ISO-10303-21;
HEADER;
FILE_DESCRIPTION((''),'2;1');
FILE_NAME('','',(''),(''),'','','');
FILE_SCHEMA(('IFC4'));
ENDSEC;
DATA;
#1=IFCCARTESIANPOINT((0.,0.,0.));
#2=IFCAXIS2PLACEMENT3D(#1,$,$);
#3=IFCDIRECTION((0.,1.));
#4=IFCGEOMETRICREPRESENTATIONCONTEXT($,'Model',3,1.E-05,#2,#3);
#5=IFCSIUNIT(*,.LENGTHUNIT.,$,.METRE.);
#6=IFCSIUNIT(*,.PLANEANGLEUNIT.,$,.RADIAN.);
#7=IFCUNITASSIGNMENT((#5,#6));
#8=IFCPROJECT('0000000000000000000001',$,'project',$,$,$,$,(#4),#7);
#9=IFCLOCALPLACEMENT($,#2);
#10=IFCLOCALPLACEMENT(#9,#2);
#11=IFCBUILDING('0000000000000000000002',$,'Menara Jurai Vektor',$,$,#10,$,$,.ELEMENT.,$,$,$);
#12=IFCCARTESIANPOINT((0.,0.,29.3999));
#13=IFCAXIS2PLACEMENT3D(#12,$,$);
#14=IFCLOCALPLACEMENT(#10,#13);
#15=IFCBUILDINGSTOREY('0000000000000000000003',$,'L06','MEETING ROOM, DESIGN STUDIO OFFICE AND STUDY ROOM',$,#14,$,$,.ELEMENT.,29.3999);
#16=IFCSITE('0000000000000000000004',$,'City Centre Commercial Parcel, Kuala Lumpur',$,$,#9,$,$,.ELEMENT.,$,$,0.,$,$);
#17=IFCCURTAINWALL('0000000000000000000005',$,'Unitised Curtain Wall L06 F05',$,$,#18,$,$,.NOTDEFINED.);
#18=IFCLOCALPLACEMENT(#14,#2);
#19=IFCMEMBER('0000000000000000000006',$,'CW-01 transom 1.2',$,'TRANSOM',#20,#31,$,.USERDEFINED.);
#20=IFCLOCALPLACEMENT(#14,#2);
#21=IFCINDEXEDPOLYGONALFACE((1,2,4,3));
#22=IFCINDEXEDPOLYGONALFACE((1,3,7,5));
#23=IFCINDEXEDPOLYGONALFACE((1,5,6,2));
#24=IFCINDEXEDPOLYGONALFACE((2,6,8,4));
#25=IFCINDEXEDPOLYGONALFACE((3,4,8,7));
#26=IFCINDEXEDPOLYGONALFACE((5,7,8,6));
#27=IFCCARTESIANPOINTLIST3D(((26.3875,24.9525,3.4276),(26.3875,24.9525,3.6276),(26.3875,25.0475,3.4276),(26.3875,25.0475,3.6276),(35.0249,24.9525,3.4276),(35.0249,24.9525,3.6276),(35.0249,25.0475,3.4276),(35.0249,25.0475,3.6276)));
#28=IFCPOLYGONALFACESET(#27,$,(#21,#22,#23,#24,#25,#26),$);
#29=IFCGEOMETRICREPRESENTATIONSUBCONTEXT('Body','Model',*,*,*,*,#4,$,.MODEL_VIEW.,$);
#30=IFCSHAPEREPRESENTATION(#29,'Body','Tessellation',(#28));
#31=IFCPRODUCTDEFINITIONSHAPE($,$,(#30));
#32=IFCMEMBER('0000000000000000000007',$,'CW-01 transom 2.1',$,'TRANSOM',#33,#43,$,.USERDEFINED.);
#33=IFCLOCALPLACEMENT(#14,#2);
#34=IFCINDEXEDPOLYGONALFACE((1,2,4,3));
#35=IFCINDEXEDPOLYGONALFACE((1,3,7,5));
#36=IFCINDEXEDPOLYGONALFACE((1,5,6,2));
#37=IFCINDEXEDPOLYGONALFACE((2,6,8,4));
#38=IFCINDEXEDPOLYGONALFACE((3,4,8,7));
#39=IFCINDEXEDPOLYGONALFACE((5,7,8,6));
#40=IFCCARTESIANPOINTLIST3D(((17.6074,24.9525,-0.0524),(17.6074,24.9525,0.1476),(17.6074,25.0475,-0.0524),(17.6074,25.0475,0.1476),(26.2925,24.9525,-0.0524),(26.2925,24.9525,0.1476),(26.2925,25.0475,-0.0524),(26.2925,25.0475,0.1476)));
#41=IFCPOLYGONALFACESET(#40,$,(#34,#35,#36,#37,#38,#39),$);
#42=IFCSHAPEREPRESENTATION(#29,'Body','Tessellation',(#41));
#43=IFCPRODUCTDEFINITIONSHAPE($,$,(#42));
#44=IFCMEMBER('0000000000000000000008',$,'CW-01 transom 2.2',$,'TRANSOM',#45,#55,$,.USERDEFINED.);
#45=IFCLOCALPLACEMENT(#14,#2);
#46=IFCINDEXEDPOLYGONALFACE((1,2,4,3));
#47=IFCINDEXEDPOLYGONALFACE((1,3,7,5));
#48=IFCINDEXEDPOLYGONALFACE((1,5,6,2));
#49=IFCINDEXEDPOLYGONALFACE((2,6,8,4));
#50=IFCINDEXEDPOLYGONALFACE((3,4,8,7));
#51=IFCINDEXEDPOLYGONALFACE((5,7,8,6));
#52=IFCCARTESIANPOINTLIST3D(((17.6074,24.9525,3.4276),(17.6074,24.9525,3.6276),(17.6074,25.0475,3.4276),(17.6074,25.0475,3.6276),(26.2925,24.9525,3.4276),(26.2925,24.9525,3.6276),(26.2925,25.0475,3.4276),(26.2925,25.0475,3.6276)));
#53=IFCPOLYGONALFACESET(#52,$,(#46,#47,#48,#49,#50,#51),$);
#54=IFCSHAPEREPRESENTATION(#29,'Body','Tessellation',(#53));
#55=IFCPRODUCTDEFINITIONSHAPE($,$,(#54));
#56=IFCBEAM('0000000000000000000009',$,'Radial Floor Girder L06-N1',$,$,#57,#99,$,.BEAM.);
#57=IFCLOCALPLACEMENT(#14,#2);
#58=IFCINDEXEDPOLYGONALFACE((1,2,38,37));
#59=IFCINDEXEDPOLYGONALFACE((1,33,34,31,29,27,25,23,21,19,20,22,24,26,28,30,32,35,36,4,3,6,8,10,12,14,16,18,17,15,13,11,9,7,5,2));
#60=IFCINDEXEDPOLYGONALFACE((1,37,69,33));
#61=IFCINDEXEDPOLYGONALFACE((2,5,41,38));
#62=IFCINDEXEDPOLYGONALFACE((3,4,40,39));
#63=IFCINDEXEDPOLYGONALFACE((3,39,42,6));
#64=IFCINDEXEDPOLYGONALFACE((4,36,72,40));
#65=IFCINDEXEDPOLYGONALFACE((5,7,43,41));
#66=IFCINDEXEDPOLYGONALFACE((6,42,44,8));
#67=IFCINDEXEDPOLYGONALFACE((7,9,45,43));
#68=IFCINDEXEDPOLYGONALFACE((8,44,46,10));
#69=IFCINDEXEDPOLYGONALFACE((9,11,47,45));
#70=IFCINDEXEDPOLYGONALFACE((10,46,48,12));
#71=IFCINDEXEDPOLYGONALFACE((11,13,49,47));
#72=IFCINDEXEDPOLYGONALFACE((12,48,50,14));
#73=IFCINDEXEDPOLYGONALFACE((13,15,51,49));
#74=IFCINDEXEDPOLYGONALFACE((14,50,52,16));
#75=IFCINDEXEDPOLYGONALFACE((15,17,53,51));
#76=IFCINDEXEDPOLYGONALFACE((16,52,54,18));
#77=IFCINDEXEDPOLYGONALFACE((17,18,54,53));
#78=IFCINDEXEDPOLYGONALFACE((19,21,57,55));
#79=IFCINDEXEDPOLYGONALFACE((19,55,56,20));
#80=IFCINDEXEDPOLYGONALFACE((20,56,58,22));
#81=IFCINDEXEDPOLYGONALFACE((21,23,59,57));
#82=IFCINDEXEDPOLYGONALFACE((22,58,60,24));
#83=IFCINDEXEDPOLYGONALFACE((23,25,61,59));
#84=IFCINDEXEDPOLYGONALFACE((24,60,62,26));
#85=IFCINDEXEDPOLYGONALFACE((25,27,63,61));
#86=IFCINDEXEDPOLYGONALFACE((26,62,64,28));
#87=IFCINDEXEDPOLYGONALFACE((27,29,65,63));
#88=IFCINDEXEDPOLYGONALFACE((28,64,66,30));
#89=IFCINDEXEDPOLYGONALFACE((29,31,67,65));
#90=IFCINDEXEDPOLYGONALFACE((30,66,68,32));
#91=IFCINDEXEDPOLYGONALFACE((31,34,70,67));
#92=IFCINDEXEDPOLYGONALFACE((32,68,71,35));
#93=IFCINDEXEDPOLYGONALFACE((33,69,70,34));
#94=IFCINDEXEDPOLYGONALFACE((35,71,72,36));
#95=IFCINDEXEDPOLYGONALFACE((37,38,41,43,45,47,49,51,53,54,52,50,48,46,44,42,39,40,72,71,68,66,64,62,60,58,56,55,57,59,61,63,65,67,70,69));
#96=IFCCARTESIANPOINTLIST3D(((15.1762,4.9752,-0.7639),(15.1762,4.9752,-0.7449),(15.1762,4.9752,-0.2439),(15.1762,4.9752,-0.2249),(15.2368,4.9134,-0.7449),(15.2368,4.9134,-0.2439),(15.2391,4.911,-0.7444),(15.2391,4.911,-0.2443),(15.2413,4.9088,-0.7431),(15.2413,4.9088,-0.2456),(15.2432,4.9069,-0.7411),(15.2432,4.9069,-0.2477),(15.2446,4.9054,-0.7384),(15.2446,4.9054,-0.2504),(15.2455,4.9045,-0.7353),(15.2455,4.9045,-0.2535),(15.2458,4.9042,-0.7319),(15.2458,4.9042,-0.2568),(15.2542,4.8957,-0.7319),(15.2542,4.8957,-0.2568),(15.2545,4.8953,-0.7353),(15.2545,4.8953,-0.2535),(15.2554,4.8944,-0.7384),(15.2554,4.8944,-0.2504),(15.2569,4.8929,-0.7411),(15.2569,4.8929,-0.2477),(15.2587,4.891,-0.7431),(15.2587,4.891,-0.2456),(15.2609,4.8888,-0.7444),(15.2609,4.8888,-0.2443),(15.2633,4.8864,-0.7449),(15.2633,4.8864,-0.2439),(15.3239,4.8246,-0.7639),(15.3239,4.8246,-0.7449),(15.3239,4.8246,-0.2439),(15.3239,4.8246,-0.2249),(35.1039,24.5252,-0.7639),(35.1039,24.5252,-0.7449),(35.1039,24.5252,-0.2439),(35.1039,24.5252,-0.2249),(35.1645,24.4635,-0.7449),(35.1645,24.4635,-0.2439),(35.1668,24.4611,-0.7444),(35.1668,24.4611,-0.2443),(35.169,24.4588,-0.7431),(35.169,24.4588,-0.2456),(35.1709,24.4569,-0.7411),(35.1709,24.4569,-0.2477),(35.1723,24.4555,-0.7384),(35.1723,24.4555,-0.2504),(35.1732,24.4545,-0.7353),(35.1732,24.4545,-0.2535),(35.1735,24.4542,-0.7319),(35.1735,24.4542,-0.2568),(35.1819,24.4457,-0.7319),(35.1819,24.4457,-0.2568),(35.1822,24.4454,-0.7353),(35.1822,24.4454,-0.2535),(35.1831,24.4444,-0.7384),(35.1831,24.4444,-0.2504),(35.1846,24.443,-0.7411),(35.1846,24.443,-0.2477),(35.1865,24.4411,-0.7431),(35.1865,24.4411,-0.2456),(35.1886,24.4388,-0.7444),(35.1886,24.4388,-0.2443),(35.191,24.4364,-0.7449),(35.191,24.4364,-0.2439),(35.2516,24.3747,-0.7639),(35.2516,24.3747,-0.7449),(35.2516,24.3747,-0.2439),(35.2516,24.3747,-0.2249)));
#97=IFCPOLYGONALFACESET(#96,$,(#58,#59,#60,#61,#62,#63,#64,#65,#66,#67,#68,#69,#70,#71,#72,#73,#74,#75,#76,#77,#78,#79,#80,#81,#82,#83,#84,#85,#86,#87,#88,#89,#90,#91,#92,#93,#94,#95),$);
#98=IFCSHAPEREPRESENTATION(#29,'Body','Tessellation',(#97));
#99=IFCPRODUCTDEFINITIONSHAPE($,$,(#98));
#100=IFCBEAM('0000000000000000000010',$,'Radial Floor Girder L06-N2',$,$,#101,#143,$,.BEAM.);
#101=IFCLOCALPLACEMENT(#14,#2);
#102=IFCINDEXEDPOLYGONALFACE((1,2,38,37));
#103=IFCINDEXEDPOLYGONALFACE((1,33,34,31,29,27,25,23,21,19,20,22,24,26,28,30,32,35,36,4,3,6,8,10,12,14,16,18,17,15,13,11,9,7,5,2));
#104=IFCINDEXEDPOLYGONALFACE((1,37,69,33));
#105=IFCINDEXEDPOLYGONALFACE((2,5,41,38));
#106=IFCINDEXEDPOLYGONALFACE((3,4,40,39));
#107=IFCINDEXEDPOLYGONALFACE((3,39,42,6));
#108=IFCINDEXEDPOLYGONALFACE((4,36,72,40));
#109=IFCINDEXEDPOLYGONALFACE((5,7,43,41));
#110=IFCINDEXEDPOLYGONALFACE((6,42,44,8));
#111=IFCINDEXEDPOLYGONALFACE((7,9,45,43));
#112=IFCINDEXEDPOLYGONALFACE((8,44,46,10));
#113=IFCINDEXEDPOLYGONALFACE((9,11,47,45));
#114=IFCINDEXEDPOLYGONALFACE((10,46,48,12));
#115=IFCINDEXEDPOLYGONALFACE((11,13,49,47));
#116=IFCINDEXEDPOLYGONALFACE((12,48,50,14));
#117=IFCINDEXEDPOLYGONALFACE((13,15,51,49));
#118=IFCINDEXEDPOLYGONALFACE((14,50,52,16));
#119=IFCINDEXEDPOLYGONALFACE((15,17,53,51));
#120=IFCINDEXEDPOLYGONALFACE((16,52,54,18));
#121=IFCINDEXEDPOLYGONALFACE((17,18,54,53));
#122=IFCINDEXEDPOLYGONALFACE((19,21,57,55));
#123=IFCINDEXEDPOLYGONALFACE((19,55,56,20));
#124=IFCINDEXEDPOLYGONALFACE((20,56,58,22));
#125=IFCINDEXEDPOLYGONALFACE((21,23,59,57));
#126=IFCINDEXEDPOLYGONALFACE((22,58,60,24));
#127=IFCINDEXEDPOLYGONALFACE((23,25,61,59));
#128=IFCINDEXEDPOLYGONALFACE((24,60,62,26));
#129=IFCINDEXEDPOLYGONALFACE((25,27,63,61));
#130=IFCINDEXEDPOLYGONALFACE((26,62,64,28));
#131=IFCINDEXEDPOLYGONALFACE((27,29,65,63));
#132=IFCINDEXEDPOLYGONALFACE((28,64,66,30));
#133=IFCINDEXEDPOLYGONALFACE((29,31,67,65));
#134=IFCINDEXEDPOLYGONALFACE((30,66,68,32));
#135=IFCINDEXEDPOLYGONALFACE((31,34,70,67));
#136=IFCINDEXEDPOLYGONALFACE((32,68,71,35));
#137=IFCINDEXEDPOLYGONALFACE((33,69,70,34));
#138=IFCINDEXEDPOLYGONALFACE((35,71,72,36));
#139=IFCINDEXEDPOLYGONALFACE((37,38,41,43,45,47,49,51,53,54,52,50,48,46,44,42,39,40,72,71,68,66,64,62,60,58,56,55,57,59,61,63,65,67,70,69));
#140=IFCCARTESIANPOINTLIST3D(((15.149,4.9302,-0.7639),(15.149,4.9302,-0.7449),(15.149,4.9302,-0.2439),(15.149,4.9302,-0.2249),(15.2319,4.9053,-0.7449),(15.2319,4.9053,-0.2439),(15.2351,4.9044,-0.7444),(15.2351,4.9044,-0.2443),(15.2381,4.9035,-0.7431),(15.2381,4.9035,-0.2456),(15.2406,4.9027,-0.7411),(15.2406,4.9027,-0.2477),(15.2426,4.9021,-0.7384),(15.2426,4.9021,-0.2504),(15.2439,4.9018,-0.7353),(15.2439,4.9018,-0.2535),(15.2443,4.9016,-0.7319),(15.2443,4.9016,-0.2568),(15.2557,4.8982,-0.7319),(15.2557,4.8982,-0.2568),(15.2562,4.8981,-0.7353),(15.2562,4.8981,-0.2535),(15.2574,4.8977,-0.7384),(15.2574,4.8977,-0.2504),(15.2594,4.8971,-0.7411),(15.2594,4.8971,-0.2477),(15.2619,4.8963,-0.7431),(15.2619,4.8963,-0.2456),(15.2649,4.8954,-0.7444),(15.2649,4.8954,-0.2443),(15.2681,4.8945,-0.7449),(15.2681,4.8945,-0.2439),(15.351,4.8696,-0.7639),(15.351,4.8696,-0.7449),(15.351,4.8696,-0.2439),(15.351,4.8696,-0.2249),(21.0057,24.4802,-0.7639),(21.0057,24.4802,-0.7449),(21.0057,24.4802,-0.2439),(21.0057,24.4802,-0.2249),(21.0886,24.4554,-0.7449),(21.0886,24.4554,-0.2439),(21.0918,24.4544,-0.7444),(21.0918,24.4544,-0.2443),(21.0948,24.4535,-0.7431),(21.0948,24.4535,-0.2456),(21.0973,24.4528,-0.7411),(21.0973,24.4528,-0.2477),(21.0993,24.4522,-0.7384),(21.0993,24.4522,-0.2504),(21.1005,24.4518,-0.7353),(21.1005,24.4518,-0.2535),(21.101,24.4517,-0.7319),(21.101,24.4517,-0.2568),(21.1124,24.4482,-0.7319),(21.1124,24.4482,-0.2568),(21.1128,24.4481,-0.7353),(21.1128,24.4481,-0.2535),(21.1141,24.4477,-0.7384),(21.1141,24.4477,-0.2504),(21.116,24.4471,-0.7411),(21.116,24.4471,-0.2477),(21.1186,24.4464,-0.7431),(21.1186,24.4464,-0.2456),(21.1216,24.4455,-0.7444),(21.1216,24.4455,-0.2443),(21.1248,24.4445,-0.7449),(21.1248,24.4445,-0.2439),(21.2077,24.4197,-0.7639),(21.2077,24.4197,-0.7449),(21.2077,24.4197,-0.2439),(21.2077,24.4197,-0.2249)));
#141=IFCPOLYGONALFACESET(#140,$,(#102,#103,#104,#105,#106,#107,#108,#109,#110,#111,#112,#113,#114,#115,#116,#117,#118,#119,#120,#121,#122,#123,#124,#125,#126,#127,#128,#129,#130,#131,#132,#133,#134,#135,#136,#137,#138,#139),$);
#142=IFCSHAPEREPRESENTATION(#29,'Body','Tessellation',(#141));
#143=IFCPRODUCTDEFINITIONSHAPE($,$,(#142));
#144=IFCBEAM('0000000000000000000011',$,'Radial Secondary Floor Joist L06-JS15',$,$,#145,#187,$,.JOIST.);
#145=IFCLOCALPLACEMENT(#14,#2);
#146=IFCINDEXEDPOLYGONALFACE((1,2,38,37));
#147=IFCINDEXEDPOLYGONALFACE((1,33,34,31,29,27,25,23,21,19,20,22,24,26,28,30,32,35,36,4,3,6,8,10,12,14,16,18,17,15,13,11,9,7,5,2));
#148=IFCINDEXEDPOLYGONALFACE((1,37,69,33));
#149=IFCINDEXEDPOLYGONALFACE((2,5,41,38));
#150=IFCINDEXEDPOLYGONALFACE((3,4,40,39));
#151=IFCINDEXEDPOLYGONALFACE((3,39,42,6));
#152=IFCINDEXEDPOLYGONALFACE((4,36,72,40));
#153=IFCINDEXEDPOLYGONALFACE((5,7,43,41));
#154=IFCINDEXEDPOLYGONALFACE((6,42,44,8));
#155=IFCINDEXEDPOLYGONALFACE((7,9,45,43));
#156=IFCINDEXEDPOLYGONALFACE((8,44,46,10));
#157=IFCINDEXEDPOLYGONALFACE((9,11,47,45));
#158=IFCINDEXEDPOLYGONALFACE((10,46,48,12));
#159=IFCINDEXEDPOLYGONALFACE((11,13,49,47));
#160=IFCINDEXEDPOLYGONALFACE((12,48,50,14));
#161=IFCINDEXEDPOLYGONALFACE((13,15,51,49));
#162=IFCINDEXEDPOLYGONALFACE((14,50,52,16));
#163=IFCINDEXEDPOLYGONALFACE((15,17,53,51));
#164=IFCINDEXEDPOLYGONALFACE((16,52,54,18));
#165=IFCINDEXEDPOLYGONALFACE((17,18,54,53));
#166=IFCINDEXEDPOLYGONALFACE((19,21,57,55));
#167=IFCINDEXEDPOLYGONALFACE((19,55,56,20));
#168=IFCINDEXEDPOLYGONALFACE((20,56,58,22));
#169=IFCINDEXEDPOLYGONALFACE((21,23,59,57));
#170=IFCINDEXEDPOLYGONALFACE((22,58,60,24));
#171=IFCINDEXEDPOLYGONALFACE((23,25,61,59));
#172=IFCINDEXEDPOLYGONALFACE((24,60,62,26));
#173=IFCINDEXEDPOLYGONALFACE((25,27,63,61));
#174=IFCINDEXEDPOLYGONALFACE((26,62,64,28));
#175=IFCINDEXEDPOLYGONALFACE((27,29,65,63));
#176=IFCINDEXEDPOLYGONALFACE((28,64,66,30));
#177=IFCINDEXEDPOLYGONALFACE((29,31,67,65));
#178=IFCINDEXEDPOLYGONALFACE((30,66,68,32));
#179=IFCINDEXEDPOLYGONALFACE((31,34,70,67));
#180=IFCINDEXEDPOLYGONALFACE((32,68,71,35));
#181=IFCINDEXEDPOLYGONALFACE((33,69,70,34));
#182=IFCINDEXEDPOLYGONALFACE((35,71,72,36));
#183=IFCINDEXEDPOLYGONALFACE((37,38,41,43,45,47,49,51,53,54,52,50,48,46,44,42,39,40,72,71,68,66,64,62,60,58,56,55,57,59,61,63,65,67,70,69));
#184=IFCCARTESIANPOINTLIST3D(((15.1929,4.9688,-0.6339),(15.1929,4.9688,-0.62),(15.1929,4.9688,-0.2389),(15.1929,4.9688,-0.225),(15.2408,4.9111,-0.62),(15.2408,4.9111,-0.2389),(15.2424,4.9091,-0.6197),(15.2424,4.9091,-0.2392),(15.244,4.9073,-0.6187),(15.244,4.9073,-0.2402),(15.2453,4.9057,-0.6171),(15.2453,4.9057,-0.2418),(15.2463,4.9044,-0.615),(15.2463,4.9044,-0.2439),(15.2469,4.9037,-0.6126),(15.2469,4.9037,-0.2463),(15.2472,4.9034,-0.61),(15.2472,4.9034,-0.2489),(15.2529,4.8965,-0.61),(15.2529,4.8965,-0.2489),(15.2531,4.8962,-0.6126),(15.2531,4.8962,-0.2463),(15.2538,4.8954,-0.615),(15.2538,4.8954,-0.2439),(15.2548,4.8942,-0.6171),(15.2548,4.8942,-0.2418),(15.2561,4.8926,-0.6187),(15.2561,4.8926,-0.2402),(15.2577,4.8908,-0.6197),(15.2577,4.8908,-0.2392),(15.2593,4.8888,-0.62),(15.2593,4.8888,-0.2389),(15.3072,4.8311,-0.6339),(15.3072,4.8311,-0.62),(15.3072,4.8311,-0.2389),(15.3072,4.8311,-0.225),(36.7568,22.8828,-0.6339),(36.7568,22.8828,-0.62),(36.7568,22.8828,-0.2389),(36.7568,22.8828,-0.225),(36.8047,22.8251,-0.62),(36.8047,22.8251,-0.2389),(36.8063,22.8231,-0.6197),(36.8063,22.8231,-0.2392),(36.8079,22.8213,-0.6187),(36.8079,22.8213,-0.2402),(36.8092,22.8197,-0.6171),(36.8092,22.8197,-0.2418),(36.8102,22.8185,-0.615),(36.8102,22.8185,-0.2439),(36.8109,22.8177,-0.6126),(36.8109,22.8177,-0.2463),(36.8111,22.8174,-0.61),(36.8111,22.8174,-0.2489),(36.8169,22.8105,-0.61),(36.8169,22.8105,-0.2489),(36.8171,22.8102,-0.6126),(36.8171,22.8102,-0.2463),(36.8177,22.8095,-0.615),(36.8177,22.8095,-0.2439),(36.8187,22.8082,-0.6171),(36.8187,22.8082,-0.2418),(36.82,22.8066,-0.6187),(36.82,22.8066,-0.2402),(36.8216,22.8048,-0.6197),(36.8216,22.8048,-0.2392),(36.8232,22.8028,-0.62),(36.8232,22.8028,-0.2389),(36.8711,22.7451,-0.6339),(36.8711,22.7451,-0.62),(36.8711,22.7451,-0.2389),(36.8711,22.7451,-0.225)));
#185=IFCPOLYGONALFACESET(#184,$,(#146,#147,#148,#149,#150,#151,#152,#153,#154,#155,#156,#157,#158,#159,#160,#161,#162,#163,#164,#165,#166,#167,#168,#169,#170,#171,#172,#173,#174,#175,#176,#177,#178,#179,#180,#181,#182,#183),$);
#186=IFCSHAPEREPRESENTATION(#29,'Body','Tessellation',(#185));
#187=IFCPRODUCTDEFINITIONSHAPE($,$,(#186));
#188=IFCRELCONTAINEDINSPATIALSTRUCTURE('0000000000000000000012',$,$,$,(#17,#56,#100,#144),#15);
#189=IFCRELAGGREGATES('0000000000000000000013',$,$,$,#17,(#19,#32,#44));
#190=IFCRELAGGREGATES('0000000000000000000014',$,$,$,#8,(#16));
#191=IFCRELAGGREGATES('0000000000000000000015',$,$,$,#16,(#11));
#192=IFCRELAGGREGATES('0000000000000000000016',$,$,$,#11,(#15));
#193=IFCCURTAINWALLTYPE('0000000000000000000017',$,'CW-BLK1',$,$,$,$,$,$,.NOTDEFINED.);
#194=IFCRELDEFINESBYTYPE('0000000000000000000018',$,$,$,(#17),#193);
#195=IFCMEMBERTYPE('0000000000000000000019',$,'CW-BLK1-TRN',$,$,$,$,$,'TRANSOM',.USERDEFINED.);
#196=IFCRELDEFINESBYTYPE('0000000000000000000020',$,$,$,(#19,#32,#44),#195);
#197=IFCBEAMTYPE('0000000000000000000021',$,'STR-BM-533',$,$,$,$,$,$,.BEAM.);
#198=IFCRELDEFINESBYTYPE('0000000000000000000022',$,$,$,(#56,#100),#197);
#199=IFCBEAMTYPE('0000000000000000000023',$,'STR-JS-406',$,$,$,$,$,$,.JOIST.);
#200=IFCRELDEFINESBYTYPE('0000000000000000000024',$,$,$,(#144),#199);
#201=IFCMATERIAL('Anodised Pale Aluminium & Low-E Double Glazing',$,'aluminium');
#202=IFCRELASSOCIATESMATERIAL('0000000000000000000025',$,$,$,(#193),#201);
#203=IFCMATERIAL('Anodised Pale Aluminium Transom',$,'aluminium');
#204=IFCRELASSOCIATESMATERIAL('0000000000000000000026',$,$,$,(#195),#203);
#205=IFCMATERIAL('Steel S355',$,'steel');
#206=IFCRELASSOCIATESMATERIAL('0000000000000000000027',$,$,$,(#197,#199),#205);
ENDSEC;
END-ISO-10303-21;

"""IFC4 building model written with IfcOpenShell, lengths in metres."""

from ifc_helpers import new_model, si_unit, direction, frame, origin, origin_2d, place, context, subcontext, project, spatial, rectangle, i_section, extrude, material, material_profile, profile_set, type_object, element, aggregate, save


model = new_model("IFC4")

# Units and contexts
model_context = context("Model", 3, precision=1e-05, world=origin(), true_north=direction((0.0, 1.0)))
body_context = subcontext(model_context, "Body", "Model", "MODEL_VIEW")
ifc_project = project(units=[si_unit("LENGTHUNIT", "METRE"), si_unit("PLANEANGLEUNIT", "RADIAN")], contexts=[model_context])

# Site, building, storey
site_placement = place(None, origin())
site = spatial("IfcSite", under=ifc_project, at=site_placement, Name="City Centre Commercial Parcel, Kuala Lumpur", CompositionType="ELEMENT", RefElevation=0.0)
building_placement = place(site_placement, origin())
building = spatial("IfcBuilding", under=site, at=building_placement, Name="Menara Jurai Vektor", CompositionType="ELEMENT")
storey_placement = place(building_placement, frame((0.0, 0.0, 29.3999)))
storey = spatial("IfcBuildingStorey", under=building, at=storey_placement, Name="L06", Description="MEETING ROOM, DESIGN STUDIO OFFICE AND STUDY ROOM", CompositionType="ELEMENT", Elevation=29.3999)

# Curtain wall
ifc_material_1 = material(Name="Anodised Pale Aluminium & Low-E Double Glazing", Category="aluminium")
curtain_wall_type = type_object("IfcCurtainWallType", Name="CW-BLK1", PredefinedType="NOTDEFINED", material=ifc_material_1)
curtain_wall_1_placement = place(storey_placement, origin())
curtain_wall_1 = element("IfcCurtainWall", 1, at=curtain_wall_1_placement, inside=storey, type_object=curtain_wall_type, Name="Unitised Curtain Wall L06 F05", PredefinedType="NOTDEFINED")

# Members
ifc_material_2 = material(Name="Anodised Pale Aluminium Transom", Category="aluminium")
ifc_material_profile_1 = material_profile(ifc_material_2, rectangle(XDim=0.095, YDim=0.2, at=origin_2d()), Name="ALU TRN 95x200")
ifc_profile_set_1 = profile_set([ifc_material_profile_1], Name="Anodised Pale Aluminium Transom")
member_type_1 = type_object("IfcMemberType", Name="CW-BLK1-TRN", ElementType="TRANSOM", PredefinedType="USERDEFINED", material=ifc_profile_set_1)
member_1_placement = place(storey_placement, frame((35.0249, 25.0, 3.5276), z_axis=(-1.0, 0.0, 0.0), x_axis=(0.0, -1.0, 0.0)))
member_1 = element("IfcMember", 2, at=member_1_placement, type_object=member_type_1, Name="CW-01 transom 1.2", ObjectType="TRANSOM", PredefinedType="USERDEFINED", context=body_context, shape_type="SweptSolid", body=[
    extrude(rectangle(XDim=0.095, YDim=0.2, at=origin_2d()), origin(), (0.0, 0.0, 1.0), 8.6375),
])
member_2_placement = place(storey_placement, frame((26.2925, 25.0, 0.0476), z_axis=(-1.0, 0.0, 0.0), x_axis=(0.0, -1.0, 0.0)))
member_2 = element("IfcMember", 3, at=member_2_placement, type_object=member_type_1, Name="CW-01 transom 2.1", ObjectType="TRANSOM", PredefinedType="USERDEFINED", context=body_context, shape_type="SweptSolid", body=[
    extrude(rectangle(XDim=0.095, YDim=0.2, at=origin_2d()), origin(), (0.0, 0.0, 1.0), 8.6851),
])
member_3_placement = place(storey_placement, frame((26.2925, 25.0, 3.5276), z_axis=(-1.0, 0.0, 0.0), x_axis=(0.0, -1.0, 0.0)))
member_3 = element("IfcMember", 4, at=member_3_placement, type_object=member_type_1, Name="CW-01 transom 2.2", ObjectType="TRANSOM", PredefinedType="USERDEFINED", context=body_context, shape_type="SweptSolid", body=[
    extrude(rectangle(XDim=0.095, YDim=0.2, at=origin_2d()), origin(), (0.0, 0.0, 1.0), 8.6851),
])

# Beams
ifc_material_3 = material(Name="Steel S355", Category="steel")
ifc_material_profile_2 = material_profile(ifc_material_3, i_section(OverallWidth=0.2109, OverallDepth=0.5391, WebThickness=0.012, FlangeThickness=0.019, FilletRadius=0.0129, at=origin_2d()), Name="UKB 533x210x109")
ifc_profile_set_2 = profile_set([ifc_material_profile_2], Name="Steel S355")
beam_type_1 = type_object("IfcBeamType", Name="STR-BM-533", PredefinedType="BEAM", material=ifc_profile_set_2)
beam_1_placement = place(storey_placement, frame((35.1777, 24.45, -0.4944), z_axis=(-0.713839, -0.70031, 0.0), x_axis=(0.70031, -0.713839, 0.0)))
element("IfcBeam", 5, at=beam_1_placement, inside=storey, type_object=beam_type_1, Name="Radial Floor Girder L06-N1", PredefinedType="BEAM", context=body_context, shape_type="SweptSolid", body=[
    extrude(i_section(OverallWidth=0.2109, OverallDepth=0.5391, WebThickness=0.012, FlangeThickness=0.019, FilletRadius=0.0129, at=origin_2d()), origin(), (0.0, 0.0, 1.0), 27.9163),
])
beam_2_placement = place(storey_placement, frame((21.1067, 24.45, -0.4944), z_axis=(-0.286974, -0.957938, 0.0), x_axis=(0.957938, -0.286974, 0.0)))
element("IfcBeam", 6, at=beam_2_placement, inside=storey, type_object=beam_type_1, Name="Radial Floor Girder L06-N2", PredefinedType="BEAM", context=body_context, shape_type="SweptSolid", body=[
    extrude(i_section(OverallWidth=0.2109, OverallDepth=0.5391, WebThickness=0.012, FlangeThickness=0.019, FilletRadius=0.0129, at=origin_2d()), origin(), (0.0, 0.0, 1.0), 20.4084),
])
ifc_material_profile_3 = material_profile(ifc_material_3, i_section(OverallWidth=0.179, OverallDepth=0.4089, WebThickness=0.009, FlangeThickness=0.0139, FilletRadius=0.01, at=origin_2d()), Name="UKB 406x178x67")
ifc_profile_set_3 = profile_set([ifc_material_profile_3], Name="Steel S355")
beam_type_2 = type_object("IfcBeamType", Name="STR-JS-406", PredefinedType="JOIST", material=ifc_profile_set_3)
beam_3_placement = place(storey_placement, frame((36.814, 22.814, -0.4294), z_axis=(-0.769201, -0.639007, 0.0), x_axis=(0.639007, -0.769201, 0.0)))
element("IfcBeam", 7, at=beam_3_placement, inside=storey, type_object=beam_type_2, Name="Radial Secondary Floor Joist L06-JS15", PredefinedType="JOIST", context=body_context, shape_type="SweptSolid", body=[
    extrude(i_section(OverallWidth=0.179, OverallDepth=0.4089, WebThickness=0.009, FlangeThickness=0.0139, FilletRadius=0.01, at=origin_2d()), origin(), (0.0, 0.0, 1.0), 28.0342),
])

aggregate(curtain_wall_1, [member_1, member_2, member_3])

save(model, "model.ifc")
